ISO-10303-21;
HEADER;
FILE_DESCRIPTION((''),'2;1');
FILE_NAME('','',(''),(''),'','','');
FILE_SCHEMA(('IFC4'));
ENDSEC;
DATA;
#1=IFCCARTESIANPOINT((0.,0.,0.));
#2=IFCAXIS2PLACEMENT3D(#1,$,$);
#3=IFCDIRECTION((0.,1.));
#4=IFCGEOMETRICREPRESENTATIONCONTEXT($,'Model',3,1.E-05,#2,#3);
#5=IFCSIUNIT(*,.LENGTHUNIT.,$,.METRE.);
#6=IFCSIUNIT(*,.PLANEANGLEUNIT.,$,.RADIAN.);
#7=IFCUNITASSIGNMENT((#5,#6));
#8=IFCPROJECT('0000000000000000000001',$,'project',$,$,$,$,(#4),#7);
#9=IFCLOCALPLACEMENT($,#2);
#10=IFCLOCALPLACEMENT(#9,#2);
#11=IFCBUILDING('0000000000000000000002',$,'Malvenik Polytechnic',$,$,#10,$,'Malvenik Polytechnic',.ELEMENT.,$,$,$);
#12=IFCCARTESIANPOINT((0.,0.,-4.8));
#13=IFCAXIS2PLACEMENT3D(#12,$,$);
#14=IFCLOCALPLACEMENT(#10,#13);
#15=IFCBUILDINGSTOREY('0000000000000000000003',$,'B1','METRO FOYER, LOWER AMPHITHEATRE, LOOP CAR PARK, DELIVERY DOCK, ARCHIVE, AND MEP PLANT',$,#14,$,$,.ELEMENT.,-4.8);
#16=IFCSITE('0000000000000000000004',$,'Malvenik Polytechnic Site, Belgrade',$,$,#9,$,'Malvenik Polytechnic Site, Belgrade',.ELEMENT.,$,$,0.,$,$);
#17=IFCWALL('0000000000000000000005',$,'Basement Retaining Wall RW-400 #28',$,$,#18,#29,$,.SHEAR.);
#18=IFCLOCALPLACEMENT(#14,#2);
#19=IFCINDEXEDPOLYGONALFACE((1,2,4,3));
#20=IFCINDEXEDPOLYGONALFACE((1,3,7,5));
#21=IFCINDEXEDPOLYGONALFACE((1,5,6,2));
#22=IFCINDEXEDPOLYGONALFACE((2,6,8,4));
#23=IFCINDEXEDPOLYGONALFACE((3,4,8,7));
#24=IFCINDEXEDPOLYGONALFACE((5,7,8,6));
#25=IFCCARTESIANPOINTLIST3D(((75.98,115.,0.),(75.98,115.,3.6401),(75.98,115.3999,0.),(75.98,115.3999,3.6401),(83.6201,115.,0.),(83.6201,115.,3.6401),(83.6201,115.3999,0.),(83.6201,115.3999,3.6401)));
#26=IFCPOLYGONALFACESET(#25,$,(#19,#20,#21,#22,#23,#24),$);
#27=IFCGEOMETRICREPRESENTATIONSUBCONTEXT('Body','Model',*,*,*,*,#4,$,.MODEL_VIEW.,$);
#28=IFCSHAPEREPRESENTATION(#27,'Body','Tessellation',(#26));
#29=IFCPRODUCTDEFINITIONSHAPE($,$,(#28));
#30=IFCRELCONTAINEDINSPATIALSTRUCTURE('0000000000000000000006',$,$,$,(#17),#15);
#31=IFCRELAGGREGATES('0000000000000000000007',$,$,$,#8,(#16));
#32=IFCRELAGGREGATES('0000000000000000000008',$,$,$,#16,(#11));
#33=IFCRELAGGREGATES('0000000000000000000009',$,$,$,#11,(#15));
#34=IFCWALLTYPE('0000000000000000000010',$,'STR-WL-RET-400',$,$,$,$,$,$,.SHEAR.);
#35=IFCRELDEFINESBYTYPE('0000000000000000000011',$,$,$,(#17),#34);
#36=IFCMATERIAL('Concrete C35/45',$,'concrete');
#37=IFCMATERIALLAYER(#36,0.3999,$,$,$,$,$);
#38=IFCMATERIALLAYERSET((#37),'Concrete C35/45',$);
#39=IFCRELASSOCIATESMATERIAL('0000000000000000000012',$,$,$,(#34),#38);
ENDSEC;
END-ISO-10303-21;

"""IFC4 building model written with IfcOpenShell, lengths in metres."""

from ifc_helpers import new_model, si_unit, direction, frame, frame_2d, origin, place, context, subcontext, project, spatial, rectangle, extrude, material, layer, layer_set, type_object, element, save


model = new_model("IFC4")

# Units and contexts
model_context = context("Model", 3, precision=1e-05, world=origin(), true_north=direction((0.0, 1.0)))
body_context = subcontext(model_context, "Body", "Model", "MODEL_VIEW")
ifc_project = project(units=[si_unit("LENGTHUNIT", "METRE"), si_unit("PLANEANGLEUNIT", "RADIAN")], contexts=[model_context])

# Site, building, storey
site_placement = place(None, origin())
site = spatial("IfcSite", under=ifc_project, at=site_placement, Name="Malvenik Polytechnic Site, Belgrade", LongName="Malvenik Polytechnic Site, Belgrade", CompositionType="ELEMENT", RefElevation=0.0)
building_placement = place(site_placement, origin())
building = spatial("IfcBuilding", under=site, at=building_placement, Name="Malvenik Polytechnic", LongName="Malvenik Polytechnic", CompositionType="ELEMENT")
storey_placement = place(building_placement, frame((0.0, 0.0, -4.8)))
storey = spatial("IfcBuildingStorey", under=building, at=storey_placement, Name="B1", Description="METRO FOYER, LOWER AMPHITHEATRE, LOOP CAR PARK, DELIVERY DOCK, ARCHIVE, AND MEP PLANT", CompositionType="ELEMENT", Elevation=-4.8)

# Shared definitions
ifc_material_1 = material(Name="Concrete C35/45", Category="concrete")

# Wall
ifc_layer = layer(ifc_material_1, 0.3999)
ifc_layer_set = layer_set([ifc_layer], Name="Concrete C35/45")
wall_type = type_object("IfcWallType", Name="STR-WL-RET-400", PredefinedType="SHEAR", material=ifc_layer_set)
wall_1_placement = place(storey_placement, frame((75.98, 115.2, 0.0), z_axis=(0.0, 0.0, 1.0), x_axis=(1.0, 0.0, 0.0)))
element("IfcWall", 1, at=wall_1_placement, inside=storey, type_object=wall_type, Name="Basement Retaining Wall RW-400 #28", PredefinedType="SHEAR", context=body_context, shape_type="SweptSolid", body=[
    extrude(rectangle(XDim=7.6401, YDim=0.3999, at=frame_2d((3.8201, 0.0))), origin(), (0.0, 0.0, 1.0), 3.6401),
])

save(model, "model.ifc")
